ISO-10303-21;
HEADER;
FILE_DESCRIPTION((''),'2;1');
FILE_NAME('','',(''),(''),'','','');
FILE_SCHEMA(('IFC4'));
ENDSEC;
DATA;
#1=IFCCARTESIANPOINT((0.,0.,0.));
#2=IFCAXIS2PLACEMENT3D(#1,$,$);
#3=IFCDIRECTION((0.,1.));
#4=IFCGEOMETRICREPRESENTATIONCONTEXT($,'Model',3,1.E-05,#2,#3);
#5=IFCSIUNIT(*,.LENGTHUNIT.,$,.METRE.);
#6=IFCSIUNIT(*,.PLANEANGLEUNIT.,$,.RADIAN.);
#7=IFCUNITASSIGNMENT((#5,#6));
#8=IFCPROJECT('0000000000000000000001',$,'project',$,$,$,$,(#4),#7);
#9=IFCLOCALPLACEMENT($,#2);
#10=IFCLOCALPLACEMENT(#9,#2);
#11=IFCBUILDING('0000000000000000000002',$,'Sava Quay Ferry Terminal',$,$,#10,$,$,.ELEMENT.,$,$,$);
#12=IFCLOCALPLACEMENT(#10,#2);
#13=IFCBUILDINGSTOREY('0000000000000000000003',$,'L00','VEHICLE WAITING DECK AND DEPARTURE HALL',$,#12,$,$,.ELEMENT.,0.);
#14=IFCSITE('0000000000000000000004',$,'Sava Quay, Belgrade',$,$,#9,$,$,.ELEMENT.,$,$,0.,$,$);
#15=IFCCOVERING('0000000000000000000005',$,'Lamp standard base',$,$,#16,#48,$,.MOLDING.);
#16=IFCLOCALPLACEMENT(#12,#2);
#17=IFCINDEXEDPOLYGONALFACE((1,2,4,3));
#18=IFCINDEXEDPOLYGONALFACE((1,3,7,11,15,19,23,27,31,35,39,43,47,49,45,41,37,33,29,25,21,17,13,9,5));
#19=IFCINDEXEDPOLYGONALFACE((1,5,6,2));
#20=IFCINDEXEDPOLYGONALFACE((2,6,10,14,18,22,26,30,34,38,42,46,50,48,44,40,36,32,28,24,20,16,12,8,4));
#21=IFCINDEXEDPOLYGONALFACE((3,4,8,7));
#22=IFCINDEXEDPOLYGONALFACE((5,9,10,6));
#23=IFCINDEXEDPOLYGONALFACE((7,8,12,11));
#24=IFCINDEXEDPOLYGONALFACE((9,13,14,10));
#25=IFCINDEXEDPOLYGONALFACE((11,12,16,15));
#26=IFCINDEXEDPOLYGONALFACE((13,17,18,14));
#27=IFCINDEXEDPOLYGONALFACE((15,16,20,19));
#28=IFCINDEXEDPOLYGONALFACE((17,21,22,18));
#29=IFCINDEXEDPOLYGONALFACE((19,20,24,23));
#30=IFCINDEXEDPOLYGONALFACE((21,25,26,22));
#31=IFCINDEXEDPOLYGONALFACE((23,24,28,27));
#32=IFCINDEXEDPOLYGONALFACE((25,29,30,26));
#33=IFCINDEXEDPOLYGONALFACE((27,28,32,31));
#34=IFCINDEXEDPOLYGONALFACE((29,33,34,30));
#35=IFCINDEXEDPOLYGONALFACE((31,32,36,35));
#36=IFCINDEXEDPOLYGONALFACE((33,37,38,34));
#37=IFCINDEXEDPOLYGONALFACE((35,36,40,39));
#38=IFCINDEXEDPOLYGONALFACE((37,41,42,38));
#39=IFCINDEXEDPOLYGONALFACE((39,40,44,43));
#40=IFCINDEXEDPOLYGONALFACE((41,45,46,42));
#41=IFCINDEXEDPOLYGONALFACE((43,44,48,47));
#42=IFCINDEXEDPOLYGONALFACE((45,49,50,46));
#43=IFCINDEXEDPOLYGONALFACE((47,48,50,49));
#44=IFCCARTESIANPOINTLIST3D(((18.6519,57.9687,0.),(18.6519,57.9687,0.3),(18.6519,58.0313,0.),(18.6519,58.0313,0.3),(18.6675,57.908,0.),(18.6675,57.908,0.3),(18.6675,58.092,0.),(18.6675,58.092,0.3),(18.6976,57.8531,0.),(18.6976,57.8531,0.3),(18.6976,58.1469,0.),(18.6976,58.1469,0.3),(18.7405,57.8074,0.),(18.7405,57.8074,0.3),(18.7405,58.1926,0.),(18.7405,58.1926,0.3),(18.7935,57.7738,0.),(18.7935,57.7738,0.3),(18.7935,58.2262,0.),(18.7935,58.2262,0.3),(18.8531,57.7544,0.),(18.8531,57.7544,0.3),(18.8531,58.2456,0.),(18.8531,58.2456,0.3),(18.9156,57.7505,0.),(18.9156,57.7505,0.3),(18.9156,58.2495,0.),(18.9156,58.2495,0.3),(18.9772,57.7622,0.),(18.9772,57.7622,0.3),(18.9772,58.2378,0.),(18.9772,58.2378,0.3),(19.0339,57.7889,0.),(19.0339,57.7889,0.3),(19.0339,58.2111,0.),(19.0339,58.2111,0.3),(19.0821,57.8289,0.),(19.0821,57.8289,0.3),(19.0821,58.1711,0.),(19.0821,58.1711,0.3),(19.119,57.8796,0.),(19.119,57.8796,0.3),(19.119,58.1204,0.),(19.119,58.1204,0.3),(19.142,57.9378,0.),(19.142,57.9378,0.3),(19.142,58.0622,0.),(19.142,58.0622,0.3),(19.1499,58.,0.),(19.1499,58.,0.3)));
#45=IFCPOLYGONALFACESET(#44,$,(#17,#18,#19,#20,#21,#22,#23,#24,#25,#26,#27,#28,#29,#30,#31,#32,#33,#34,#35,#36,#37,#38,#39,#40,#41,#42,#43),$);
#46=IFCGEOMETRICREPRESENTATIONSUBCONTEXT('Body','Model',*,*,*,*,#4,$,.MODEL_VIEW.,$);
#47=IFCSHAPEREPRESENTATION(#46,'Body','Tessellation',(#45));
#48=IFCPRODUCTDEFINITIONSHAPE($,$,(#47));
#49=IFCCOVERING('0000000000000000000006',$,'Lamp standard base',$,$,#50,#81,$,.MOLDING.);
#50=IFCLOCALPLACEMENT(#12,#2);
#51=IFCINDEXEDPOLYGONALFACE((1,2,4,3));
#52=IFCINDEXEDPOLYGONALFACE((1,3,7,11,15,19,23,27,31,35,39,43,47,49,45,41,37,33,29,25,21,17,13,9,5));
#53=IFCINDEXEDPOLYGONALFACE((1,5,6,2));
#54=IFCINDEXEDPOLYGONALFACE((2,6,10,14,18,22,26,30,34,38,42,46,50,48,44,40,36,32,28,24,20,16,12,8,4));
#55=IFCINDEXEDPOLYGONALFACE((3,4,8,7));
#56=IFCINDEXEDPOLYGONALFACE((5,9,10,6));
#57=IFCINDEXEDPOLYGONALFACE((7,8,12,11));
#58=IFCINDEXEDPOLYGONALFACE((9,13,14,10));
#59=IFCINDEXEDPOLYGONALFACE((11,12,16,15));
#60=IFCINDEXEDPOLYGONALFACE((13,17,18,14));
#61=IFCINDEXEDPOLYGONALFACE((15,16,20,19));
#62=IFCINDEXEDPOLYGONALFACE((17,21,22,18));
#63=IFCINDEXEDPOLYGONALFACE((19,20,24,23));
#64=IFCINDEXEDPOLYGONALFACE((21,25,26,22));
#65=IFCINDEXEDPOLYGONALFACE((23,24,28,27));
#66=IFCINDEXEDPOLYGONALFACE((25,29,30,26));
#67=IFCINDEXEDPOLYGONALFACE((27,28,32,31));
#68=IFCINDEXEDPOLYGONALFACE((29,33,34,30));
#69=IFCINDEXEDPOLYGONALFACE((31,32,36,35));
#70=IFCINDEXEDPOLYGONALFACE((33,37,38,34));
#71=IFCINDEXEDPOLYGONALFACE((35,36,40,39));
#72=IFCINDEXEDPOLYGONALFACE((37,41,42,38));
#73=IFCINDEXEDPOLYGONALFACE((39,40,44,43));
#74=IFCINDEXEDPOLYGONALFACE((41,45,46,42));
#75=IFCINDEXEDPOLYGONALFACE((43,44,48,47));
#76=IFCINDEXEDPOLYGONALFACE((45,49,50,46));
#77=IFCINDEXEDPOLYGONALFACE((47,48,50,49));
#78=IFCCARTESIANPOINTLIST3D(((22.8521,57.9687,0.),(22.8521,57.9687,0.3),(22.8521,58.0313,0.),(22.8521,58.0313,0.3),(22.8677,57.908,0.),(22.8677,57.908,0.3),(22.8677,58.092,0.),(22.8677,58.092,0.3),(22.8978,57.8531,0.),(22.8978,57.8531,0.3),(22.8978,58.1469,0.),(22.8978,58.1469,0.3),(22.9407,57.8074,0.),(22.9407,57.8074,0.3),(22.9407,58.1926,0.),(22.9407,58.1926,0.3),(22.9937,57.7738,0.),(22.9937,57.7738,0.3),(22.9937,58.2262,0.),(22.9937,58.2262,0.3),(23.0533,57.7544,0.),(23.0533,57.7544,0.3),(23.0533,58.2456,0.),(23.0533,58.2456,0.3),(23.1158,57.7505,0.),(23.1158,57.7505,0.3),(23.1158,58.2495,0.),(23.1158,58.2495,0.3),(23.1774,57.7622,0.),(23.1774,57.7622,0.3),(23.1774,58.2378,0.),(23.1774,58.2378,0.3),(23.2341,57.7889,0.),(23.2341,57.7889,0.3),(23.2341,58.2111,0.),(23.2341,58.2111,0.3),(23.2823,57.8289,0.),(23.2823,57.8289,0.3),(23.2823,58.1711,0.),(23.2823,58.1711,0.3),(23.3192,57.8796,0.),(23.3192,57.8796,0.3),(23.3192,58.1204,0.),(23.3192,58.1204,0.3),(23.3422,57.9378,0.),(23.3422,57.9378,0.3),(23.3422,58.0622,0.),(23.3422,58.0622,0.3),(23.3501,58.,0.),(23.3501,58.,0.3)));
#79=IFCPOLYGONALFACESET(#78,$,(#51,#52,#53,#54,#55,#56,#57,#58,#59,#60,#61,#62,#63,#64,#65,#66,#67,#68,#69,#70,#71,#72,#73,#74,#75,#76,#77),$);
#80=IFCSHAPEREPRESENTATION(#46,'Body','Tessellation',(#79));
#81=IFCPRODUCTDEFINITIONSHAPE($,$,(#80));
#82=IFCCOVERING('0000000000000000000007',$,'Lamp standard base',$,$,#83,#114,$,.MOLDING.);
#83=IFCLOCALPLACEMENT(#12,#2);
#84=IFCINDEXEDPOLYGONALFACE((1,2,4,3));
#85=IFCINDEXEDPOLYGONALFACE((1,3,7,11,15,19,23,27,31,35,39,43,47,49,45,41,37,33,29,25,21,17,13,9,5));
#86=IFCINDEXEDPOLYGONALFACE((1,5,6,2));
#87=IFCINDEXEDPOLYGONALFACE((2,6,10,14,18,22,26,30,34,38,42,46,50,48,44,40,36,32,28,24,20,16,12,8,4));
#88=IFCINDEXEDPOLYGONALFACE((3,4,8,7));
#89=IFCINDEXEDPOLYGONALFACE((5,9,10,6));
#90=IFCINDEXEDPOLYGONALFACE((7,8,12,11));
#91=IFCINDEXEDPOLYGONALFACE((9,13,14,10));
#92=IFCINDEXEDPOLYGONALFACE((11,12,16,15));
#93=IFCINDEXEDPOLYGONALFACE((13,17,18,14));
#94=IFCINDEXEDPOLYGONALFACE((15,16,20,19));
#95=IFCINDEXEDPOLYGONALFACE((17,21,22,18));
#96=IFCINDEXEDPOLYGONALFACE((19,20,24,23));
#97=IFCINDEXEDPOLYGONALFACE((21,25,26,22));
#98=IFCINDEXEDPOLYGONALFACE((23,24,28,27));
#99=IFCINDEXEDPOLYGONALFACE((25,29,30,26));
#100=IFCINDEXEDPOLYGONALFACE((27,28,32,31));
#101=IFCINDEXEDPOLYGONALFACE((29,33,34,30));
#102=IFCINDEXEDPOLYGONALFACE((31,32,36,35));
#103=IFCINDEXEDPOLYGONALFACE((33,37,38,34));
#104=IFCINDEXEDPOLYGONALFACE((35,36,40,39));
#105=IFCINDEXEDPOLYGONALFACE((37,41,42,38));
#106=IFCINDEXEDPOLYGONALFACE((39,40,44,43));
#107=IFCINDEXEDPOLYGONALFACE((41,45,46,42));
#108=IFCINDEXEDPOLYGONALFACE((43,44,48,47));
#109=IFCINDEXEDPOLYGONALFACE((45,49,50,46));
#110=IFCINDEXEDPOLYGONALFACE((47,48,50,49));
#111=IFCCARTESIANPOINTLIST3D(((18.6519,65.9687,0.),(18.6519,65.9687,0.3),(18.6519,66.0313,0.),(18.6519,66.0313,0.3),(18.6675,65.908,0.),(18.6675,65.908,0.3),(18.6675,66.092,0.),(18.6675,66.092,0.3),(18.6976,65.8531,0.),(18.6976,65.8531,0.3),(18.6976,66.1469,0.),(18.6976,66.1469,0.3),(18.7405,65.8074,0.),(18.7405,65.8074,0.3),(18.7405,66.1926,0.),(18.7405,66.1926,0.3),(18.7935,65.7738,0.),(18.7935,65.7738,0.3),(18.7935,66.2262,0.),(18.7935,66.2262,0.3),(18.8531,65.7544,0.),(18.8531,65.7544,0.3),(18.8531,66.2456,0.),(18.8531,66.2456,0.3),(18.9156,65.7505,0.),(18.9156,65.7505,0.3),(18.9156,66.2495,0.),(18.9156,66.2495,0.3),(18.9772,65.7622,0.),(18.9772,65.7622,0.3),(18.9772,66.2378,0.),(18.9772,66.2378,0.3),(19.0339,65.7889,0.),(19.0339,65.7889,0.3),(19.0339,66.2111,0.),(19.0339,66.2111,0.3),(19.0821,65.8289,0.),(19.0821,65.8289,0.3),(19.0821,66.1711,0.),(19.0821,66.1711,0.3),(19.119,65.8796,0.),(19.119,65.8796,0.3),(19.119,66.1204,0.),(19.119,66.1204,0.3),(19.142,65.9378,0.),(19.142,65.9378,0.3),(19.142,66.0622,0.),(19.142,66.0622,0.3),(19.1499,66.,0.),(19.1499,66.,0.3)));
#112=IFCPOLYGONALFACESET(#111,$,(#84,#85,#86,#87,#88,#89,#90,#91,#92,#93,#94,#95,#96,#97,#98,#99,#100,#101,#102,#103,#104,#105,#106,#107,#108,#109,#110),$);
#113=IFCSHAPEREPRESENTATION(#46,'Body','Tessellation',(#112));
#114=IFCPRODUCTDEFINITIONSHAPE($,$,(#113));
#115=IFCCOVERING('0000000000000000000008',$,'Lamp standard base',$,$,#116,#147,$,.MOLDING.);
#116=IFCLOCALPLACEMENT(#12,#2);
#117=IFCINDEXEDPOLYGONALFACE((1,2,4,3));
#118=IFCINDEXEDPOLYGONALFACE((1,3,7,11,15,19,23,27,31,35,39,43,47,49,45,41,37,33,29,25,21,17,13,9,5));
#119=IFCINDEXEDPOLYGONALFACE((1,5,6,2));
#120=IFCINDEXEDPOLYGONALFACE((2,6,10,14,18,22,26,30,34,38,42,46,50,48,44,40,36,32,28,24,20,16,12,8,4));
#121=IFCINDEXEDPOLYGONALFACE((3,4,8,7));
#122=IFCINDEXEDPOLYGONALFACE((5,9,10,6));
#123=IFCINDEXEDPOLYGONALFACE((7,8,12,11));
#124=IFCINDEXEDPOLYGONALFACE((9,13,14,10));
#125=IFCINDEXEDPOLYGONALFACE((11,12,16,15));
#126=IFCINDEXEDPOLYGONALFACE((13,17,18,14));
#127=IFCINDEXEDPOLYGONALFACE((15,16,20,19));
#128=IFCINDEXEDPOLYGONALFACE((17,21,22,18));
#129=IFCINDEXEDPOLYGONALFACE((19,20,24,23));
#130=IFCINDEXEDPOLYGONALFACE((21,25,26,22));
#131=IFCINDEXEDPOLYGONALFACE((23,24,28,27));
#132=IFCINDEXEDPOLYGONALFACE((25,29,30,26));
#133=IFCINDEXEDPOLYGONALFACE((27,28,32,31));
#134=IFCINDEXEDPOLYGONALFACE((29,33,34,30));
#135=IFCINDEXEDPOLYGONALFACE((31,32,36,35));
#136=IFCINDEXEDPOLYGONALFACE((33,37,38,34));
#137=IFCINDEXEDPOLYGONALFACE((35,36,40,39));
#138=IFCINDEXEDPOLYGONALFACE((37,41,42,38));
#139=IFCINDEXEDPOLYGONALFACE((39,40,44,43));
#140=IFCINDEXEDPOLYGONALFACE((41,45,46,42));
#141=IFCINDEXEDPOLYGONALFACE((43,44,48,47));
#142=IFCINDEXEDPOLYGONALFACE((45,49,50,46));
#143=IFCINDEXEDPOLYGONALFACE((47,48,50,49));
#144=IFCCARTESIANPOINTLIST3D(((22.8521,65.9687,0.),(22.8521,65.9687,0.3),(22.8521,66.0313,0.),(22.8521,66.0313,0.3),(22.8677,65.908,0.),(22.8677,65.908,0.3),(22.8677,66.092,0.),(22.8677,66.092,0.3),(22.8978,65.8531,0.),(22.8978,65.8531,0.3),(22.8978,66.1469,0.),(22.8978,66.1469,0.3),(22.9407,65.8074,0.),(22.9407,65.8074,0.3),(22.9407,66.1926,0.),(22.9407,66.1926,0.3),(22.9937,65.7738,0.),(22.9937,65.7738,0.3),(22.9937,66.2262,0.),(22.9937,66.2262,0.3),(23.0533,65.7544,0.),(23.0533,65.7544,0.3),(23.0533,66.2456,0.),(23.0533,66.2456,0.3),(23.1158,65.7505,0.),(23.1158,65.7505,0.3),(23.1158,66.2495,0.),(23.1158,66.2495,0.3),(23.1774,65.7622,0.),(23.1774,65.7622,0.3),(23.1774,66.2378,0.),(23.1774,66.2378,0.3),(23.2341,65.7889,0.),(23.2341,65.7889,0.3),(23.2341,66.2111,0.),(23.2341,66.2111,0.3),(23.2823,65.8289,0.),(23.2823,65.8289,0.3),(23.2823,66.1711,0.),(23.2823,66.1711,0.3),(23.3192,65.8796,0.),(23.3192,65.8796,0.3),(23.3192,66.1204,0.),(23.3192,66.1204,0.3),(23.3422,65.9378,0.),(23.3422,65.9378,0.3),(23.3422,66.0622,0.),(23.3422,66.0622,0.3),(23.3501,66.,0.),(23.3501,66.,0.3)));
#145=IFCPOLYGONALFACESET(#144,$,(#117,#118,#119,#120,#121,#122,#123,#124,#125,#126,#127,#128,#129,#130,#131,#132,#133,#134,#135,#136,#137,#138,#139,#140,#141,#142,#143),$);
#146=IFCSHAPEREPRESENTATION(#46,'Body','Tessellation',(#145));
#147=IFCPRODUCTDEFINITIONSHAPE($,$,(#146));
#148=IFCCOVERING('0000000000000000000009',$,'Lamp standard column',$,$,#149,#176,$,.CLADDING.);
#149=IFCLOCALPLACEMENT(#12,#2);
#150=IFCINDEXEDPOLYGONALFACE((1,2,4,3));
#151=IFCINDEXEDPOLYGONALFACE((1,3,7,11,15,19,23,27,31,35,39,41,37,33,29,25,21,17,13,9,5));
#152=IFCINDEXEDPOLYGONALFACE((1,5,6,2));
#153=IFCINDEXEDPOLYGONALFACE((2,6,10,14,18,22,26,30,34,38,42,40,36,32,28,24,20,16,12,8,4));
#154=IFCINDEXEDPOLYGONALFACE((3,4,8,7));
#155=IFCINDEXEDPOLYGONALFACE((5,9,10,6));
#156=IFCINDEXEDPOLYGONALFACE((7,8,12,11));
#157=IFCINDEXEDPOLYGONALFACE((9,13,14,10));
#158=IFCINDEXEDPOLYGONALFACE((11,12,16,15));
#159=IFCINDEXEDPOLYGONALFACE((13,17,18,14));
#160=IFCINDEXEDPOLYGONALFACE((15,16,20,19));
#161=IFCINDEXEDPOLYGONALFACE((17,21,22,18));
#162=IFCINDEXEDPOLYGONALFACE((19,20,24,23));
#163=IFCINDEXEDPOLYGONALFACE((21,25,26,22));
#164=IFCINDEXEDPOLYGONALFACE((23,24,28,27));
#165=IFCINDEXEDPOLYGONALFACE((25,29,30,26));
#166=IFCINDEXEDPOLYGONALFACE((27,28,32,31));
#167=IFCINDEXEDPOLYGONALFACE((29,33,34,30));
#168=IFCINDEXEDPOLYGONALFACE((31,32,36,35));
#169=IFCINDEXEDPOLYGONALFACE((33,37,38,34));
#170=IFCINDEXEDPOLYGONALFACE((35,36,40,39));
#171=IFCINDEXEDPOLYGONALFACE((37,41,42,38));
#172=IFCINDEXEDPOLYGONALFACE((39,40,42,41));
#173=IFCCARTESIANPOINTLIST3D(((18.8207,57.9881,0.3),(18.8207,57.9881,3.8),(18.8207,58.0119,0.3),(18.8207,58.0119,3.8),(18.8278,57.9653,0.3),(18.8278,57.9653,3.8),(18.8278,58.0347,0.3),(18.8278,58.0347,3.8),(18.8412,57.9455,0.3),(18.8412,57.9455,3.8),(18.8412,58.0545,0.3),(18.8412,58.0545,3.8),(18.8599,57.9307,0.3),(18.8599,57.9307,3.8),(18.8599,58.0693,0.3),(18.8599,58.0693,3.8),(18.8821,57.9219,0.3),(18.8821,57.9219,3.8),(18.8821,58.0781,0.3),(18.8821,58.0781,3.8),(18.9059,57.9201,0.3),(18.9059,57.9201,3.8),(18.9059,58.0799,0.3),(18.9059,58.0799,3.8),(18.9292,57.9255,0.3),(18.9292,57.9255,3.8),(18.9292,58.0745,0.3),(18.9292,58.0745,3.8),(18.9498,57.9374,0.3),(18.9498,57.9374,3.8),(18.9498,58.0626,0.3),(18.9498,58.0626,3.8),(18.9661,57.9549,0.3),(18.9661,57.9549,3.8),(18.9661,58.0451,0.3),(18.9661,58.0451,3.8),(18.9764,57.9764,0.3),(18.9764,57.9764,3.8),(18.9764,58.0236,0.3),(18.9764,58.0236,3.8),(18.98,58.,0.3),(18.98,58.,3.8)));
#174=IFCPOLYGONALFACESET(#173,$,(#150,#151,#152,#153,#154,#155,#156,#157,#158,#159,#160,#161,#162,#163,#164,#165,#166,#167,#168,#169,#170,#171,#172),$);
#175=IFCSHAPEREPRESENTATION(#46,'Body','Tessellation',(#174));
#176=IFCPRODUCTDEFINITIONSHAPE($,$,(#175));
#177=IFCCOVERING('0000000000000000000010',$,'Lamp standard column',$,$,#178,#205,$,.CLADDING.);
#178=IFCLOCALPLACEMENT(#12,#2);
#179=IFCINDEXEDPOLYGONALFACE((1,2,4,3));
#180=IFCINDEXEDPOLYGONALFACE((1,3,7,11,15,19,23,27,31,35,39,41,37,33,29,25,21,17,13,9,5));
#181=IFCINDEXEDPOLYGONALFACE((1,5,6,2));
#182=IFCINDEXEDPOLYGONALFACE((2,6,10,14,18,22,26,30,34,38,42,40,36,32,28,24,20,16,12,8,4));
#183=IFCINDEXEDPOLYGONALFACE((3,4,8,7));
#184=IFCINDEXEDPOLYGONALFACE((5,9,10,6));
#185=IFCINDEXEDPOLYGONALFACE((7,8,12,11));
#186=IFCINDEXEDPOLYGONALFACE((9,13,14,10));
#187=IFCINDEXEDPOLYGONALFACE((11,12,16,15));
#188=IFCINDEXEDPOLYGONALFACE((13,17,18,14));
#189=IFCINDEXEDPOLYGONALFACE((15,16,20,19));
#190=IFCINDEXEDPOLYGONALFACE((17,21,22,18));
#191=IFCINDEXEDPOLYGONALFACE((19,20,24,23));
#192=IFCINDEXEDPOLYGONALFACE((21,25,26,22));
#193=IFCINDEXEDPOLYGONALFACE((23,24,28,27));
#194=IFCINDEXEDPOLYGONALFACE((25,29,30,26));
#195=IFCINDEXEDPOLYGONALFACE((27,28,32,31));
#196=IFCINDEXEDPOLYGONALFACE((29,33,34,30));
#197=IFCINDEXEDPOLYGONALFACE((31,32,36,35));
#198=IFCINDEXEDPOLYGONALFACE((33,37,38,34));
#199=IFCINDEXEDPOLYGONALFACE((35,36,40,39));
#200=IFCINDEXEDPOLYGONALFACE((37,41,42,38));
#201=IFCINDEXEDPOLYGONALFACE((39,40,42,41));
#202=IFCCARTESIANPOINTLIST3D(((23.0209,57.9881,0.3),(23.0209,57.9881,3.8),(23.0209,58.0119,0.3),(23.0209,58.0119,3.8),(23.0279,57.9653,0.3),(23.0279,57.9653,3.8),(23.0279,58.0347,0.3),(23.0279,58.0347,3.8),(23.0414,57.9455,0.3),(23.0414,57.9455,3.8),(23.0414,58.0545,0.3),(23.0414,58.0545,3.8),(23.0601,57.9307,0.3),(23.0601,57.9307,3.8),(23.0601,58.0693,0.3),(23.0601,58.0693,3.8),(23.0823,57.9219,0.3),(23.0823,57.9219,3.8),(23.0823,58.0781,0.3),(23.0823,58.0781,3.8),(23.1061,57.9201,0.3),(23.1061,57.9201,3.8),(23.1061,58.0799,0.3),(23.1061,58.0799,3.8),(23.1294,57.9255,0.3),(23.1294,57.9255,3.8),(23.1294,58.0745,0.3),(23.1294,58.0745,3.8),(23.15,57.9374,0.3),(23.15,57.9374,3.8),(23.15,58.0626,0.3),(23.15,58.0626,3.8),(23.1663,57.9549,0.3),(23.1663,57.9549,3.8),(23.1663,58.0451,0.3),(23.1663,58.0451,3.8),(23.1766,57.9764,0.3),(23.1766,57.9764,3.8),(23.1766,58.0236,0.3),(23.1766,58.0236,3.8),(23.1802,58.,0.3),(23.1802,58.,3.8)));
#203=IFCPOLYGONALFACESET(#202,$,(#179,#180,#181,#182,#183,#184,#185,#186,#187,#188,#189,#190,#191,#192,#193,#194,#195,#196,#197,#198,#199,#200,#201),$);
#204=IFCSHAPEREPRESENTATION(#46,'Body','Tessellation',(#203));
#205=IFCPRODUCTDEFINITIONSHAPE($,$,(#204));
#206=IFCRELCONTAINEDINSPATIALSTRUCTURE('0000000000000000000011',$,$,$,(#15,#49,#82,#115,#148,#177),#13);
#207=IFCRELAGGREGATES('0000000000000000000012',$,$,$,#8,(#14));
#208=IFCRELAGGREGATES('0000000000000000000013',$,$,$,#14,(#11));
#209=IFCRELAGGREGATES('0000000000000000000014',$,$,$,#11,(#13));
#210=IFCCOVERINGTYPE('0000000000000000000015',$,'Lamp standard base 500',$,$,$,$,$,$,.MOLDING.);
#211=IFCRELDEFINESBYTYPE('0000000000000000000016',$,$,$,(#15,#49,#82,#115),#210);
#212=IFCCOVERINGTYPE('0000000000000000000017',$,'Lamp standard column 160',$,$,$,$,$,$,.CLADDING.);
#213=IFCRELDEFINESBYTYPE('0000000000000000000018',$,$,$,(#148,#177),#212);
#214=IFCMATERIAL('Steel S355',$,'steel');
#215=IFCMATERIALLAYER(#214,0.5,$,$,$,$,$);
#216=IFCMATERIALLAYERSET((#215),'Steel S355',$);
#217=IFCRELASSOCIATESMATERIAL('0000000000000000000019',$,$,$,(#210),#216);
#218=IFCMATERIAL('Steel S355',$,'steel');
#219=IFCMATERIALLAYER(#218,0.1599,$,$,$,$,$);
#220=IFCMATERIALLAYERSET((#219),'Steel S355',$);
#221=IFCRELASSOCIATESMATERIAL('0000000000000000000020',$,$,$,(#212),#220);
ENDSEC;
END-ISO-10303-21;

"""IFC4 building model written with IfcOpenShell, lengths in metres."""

from ifc_helpers import new_model, si_unit, direction, frame, origin, origin_2d, place, context, subcontext, project, spatial, circle, extrude, material, layer, layer_set, type_object, element, save


model = new_model("IFC4")

# Units and contexts
model_context = context("Model", 3, precision=1e-05, world=origin(), true_north=direction((0.0, 1.0)))
body_context = subcontext(model_context, "Body", "Model", "MODEL_VIEW")
ifc_project = project(units=[si_unit("LENGTHUNIT", "METRE"), si_unit("PLANEANGLEUNIT", "RADIAN")], contexts=[model_context])

# Site, building, storey
site_placement = place(None, origin())
site = spatial("IfcSite", under=ifc_project, at=site_placement, Name="Sava Quay, Belgrade", CompositionType="ELEMENT", RefElevation=0.0)
building_placement = place(site_placement, origin())
building = spatial("IfcBuilding", under=site, at=building_placement, Name="Sava Quay Ferry Terminal", CompositionType="ELEMENT")
storey_placement = place(building_placement, origin())
storey = spatial("IfcBuildingStorey", under=building, at=storey_placement, Name="L00", Description="VEHICLE WAITING DECK AND DEPARTURE HALL", CompositionType="ELEMENT", Elevation=0.0)

# Coverings
ifc_material_1 = material(Name="Steel S355", Category="steel")
ifc_layer_1 = layer(ifc_material_1, 0.5)
ifc_layer_set_1 = layer_set([ifc_layer_1], Name="Steel S355")
covering_type_1 = type_object("IfcCoveringType", Name="Lamp standard base 500", PredefinedType="MOLDING", material=ifc_layer_set_1)
for number, where, z_axis, x_axis, name in (
    (1, (18.8999, 58.0, 0.3), (0.0, 0.0, -1.0), (1.0, 0.0, 0.0), "Lamp standard base"),
    (2, (23.1001, 58.0, 0.3), (0.0, 0.0, -1.0), (1.0, 0.0, 0.0), "Lamp standard base"),
    (3, (18.8999, 66.0, 0.3), (0.0, 0.0, -1.0), (1.0, 0.0, 0.0), "Lamp standard base"),
    (4, (23.1001, 66.0, 0.3), (0.0, 0.0, -1.0), (1.0, 0.0, 0.0), "Lamp standard base"),
):
    element("IfcCovering", number, at=place(storey_placement, frame(where, z_axis=z_axis, x_axis=x_axis)), inside=storey, type_object=covering_type_1, Name=name, PredefinedType="MOLDING", context=body_context, shape_type="SweptSolid", body=[
        extrude(circle(Radius=0.25, at=origin_2d()), origin(), (0.0, 0.0, 1.0), 0.3),
    ])
ifc_material_2 = material(Name="Steel S355", Category="steel")
ifc_layer_2 = layer(ifc_material_2, 0.1599)
ifc_layer_set_2 = layer_set([ifc_layer_2], Name="Steel S355")
covering_type_2 = type_object("IfcCoveringType", Name="Lamp standard column 160", PredefinedType="CLADDING", material=ifc_layer_set_2)
for number, where, z_axis, x_axis, name in (
    (5, (18.8999, 58.0, 3.8), (0.0, 0.0, -1.0), (1.0, 0.0, 0.0), "Lamp standard column"),
    (6, (23.1001, 58.0, 3.8), (0.0, 0.0, -1.0), (1.0, 0.0, 0.0), "Lamp standard column"),
):
    element("IfcCovering", number, at=place(storey_placement, frame(where, z_axis=z_axis, x_axis=x_axis)), inside=storey, type_object=covering_type_2, Name=name, PredefinedType="CLADDING", context=body_context, shape_type="SweptSolid", body=[
        extrude(circle(Radius=0.0801, at=origin_2d()), origin(), (0.0, 0.0, 1.0), 3.5),
    ])

save(model, "model.ifc")
